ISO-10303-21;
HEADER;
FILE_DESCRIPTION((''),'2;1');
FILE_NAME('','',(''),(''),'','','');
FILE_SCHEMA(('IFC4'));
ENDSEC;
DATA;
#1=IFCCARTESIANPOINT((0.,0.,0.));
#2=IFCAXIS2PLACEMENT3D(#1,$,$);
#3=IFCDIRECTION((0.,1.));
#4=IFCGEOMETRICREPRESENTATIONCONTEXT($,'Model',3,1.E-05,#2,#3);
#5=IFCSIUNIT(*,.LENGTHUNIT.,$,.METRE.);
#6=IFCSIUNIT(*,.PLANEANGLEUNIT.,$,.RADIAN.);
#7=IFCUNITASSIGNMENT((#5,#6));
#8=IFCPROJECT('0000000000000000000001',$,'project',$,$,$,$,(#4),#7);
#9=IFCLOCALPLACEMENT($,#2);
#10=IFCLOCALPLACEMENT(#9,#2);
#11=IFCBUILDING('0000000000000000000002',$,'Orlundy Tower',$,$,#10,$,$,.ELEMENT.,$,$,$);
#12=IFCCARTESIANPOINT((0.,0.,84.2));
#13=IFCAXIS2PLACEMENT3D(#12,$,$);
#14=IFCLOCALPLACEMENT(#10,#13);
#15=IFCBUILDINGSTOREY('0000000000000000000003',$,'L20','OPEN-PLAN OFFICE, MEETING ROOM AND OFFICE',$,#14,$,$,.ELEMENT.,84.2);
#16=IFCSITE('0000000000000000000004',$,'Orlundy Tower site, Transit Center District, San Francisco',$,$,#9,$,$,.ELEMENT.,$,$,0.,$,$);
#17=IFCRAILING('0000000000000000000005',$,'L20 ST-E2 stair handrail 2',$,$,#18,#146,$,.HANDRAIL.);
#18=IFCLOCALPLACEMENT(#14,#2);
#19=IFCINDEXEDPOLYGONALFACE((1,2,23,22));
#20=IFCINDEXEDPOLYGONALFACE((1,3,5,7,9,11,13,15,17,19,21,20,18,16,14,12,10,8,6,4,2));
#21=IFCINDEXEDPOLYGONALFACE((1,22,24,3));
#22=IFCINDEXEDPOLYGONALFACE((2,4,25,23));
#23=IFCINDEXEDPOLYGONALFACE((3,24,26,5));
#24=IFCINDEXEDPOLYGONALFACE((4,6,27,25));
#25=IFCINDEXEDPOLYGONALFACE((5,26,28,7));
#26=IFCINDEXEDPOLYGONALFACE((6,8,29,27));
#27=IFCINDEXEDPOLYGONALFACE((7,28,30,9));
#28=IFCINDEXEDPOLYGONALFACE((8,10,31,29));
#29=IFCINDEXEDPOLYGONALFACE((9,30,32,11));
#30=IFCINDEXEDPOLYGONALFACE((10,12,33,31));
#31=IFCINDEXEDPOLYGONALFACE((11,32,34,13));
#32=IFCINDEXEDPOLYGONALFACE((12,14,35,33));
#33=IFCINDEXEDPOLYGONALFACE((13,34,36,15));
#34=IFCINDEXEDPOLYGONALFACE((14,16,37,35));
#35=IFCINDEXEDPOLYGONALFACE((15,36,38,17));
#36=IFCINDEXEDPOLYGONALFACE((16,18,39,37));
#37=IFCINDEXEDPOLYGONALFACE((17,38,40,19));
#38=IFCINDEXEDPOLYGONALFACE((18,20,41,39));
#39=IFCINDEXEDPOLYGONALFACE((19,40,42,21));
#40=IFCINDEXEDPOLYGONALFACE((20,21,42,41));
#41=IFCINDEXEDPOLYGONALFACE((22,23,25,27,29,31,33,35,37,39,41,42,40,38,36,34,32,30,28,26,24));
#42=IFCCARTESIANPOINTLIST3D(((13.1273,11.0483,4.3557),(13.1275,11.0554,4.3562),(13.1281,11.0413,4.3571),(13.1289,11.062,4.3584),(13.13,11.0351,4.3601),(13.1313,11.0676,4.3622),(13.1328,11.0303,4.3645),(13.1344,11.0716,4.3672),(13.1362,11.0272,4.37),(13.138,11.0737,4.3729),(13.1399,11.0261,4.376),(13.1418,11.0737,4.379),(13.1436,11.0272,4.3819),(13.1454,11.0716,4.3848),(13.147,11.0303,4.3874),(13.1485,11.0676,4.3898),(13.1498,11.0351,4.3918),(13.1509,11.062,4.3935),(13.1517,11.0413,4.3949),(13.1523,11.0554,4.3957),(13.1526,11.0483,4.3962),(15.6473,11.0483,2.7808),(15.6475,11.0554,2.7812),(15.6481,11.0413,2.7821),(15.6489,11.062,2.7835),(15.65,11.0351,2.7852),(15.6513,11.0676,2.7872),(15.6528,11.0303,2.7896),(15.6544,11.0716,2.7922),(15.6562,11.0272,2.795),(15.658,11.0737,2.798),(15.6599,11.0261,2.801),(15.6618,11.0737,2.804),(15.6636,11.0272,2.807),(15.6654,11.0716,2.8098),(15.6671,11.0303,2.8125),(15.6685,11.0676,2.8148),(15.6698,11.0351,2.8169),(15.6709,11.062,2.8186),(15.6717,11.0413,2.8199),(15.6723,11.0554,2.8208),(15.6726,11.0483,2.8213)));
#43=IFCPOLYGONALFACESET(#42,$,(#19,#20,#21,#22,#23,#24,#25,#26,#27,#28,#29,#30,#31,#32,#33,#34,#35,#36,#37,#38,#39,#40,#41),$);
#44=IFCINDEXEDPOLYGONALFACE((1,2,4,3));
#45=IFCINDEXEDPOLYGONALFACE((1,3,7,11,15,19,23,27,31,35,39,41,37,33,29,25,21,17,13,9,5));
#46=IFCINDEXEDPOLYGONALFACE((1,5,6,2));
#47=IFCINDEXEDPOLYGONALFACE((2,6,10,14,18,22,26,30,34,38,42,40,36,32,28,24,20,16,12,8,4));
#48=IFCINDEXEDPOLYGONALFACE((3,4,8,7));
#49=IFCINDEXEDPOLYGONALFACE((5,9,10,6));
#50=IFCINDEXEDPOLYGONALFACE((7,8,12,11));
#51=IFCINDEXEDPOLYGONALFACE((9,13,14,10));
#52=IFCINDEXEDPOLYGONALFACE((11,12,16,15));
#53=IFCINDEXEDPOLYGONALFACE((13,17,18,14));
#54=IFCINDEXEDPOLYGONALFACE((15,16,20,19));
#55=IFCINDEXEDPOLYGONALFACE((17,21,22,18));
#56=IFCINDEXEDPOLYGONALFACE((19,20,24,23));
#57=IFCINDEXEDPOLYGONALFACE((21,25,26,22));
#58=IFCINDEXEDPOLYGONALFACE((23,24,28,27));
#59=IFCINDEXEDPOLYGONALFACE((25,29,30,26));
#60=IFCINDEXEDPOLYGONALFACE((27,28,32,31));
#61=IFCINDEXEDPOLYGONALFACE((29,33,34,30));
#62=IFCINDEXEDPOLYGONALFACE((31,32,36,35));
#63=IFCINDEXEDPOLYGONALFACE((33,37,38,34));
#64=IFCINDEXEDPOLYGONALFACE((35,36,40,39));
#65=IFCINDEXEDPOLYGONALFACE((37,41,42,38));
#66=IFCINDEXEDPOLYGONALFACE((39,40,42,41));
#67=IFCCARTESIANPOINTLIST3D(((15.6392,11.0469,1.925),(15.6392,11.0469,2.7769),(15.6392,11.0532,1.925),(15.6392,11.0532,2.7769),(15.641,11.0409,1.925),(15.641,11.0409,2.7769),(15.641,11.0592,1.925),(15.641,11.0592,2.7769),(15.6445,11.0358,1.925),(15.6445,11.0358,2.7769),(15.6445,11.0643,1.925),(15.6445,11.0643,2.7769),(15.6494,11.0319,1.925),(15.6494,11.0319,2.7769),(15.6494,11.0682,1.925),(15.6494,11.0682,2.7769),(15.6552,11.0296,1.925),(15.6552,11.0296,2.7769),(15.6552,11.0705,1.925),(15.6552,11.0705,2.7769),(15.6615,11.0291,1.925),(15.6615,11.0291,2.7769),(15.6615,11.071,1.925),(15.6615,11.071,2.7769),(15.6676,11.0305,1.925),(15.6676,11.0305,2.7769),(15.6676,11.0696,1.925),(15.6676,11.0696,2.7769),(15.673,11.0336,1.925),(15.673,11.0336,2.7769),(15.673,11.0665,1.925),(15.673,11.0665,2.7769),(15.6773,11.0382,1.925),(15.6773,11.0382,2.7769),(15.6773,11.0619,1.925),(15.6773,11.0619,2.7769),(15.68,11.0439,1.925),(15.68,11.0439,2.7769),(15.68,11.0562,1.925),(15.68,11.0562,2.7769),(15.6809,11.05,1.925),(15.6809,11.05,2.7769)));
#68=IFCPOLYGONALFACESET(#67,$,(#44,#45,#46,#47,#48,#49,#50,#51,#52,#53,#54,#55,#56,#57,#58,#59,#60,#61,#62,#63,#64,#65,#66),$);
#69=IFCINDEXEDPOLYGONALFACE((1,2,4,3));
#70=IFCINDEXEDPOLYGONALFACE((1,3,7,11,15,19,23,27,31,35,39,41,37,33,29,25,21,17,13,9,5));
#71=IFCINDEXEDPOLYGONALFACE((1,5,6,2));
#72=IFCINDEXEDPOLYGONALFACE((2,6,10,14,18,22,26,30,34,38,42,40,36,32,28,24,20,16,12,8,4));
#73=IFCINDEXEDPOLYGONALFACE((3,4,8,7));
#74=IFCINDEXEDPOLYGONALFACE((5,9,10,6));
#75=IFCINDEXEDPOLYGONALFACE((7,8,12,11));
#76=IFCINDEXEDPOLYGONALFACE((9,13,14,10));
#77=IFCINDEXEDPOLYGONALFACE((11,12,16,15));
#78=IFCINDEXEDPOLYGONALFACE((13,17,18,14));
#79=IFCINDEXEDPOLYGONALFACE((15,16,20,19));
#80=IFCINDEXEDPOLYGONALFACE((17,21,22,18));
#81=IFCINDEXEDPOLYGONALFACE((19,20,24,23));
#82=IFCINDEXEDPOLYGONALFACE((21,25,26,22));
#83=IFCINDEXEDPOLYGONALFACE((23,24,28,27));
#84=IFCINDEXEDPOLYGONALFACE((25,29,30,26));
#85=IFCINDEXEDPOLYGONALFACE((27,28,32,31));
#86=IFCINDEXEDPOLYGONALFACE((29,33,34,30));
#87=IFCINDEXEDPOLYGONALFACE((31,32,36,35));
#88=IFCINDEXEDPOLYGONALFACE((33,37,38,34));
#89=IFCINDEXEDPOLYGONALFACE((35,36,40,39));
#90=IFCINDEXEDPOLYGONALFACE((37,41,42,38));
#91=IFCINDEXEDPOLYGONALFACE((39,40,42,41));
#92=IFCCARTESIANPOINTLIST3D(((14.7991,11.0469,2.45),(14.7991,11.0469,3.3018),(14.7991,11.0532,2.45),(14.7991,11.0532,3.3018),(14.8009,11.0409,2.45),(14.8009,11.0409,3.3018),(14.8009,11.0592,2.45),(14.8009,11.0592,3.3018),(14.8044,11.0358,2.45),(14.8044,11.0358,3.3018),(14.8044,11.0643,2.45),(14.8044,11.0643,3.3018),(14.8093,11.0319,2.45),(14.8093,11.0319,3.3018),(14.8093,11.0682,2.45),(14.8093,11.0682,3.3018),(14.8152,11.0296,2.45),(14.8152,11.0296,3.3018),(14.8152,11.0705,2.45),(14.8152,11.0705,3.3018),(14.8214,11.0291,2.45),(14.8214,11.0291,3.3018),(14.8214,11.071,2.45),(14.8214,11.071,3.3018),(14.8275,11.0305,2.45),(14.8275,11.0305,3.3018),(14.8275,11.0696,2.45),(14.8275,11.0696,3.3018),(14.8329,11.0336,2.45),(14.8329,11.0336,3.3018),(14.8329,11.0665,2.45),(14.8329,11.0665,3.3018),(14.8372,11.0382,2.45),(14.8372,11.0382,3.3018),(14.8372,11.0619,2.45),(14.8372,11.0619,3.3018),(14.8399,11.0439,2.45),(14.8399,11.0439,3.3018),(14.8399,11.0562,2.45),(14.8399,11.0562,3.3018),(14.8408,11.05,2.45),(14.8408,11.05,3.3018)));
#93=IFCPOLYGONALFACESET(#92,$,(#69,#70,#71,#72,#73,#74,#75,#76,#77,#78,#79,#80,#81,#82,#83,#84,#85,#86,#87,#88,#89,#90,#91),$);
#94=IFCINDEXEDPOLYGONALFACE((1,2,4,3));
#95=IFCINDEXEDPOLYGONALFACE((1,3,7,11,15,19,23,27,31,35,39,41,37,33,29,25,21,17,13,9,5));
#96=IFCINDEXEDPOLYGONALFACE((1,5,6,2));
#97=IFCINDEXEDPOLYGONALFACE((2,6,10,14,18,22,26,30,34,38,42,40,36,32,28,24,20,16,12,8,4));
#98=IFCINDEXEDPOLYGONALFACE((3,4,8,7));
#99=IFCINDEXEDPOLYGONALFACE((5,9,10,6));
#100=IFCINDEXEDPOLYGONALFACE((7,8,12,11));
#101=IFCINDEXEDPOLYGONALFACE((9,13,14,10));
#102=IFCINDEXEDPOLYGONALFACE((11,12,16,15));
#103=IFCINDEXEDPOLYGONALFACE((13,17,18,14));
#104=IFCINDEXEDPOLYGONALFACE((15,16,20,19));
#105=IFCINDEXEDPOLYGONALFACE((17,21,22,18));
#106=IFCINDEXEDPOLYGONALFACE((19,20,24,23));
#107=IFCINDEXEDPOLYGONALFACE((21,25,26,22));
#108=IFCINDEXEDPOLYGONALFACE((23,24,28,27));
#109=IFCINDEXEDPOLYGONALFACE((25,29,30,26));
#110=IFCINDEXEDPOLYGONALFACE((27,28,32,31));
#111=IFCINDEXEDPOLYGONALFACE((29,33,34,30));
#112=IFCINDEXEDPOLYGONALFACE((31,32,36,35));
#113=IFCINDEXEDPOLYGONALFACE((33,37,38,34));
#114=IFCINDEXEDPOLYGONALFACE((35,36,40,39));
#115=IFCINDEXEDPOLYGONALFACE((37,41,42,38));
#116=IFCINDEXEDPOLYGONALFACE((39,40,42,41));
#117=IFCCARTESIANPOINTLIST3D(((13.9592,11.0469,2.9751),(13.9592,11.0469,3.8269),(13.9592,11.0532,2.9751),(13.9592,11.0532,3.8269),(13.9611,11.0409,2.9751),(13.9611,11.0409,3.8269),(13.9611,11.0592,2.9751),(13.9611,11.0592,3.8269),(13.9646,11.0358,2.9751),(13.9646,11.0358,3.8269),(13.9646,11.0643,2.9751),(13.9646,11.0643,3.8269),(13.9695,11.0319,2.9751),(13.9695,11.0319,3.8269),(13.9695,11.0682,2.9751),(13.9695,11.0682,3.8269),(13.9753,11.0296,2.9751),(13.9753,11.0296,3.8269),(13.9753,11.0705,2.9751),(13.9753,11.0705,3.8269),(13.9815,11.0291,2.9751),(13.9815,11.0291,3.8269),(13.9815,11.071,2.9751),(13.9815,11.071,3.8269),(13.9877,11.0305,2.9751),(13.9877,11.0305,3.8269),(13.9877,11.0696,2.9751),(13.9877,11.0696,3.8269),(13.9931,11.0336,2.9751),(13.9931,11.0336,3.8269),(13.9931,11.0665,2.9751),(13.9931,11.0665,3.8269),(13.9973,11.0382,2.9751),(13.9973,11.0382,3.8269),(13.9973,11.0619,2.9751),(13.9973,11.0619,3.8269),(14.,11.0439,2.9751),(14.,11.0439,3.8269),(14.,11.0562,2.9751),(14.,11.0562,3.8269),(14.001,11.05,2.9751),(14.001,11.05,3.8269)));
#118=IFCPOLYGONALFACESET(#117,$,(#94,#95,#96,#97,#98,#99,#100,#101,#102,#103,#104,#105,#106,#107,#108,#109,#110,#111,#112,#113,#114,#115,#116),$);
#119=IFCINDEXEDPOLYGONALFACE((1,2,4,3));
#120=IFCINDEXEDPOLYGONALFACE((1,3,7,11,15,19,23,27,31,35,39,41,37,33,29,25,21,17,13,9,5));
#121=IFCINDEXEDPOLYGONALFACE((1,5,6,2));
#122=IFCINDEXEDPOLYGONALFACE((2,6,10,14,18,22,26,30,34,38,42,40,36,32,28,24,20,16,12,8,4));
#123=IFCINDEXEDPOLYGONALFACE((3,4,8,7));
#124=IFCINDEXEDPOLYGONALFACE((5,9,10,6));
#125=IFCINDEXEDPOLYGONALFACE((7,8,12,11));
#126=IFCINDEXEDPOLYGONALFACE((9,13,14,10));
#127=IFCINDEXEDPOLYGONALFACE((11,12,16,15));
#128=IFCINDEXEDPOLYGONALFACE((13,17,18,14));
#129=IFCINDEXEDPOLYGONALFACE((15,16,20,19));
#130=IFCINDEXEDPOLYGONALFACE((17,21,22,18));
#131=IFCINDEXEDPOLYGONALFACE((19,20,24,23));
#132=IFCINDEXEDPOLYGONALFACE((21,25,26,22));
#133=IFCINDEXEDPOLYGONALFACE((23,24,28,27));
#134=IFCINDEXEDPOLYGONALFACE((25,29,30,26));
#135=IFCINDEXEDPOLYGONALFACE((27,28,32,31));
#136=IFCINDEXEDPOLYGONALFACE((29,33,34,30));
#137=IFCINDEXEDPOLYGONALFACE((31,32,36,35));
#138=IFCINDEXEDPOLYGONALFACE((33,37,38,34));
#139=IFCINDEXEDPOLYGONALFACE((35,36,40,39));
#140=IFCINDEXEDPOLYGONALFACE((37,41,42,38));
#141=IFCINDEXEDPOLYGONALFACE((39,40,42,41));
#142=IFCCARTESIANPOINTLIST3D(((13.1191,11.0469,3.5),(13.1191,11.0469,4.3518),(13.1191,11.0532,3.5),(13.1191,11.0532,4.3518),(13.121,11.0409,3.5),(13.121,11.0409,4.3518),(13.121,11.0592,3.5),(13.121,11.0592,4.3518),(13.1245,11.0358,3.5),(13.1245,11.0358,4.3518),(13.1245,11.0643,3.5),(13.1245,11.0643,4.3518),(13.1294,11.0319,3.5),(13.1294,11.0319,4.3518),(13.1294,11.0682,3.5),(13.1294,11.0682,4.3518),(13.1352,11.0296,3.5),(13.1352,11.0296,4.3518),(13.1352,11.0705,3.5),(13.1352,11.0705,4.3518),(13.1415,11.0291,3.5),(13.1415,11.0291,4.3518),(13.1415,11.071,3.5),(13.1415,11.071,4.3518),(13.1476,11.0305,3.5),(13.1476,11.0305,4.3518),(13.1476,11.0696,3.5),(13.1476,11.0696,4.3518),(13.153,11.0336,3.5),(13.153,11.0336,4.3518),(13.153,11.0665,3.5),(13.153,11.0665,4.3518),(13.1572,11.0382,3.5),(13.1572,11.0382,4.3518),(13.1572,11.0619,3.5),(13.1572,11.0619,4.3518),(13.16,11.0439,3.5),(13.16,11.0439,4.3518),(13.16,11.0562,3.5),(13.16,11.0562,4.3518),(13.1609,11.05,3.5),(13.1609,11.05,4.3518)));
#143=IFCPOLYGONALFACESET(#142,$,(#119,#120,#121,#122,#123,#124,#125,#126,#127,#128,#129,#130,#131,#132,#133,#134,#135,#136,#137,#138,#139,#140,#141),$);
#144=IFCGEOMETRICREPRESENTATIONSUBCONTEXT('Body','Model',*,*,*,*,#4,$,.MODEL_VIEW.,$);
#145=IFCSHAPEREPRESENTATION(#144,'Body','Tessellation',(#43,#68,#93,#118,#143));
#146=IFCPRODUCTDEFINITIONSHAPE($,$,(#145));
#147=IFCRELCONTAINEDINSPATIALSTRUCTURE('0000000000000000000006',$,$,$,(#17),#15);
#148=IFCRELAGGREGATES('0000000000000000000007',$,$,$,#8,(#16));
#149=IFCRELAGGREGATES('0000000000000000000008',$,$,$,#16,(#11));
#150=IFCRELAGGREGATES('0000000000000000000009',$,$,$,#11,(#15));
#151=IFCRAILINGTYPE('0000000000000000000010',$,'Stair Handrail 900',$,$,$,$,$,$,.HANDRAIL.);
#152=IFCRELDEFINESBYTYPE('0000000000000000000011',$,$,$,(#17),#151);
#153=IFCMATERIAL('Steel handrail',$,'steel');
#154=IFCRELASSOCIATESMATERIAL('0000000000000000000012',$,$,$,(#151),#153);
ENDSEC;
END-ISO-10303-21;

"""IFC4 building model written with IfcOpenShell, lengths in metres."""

from ifc_helpers import new_model, si_unit, direction, frame, origin, origin_2d, place, context, subcontext, project, spatial, circle, extrude, material, type_object, element, save


model = new_model("IFC4")

# Units and contexts
model_context = context("Model", 3, precision=1e-05, world=origin(), true_north=direction((0.0, 1.0)))
body_context = subcontext(model_context, "Body", "Model", "MODEL_VIEW")
ifc_project = project(units=[si_unit("LENGTHUNIT", "METRE"), si_unit("PLANEANGLEUNIT", "RADIAN")], contexts=[model_context])

# Site, building, storey
site_placement = place(None, origin())
site = spatial("IfcSite", under=ifc_project, at=site_placement, Name="Orlundy Tower site, Transit Center District, San Francisco", CompositionType="ELEMENT", RefElevation=0.0)
building_placement = place(site_placement, origin())
building = spatial("IfcBuilding", under=site, at=building_placement, Name="Orlundy Tower", CompositionType="ELEMENT")
storey_placement = place(building_placement, frame((0.0, 0.0, 84.2)))
storey = spatial("IfcBuildingStorey", under=building, at=storey_placement, Name="L20", Description="OPEN-PLAN OFFICE, MEETING ROOM AND OFFICE", CompositionType="ELEMENT", Elevation=84.2)

# Railing
ifc_material_1 = material(Name="Steel handrail", Category="steel")
railing_type_1 = type_object("IfcRailingType", Name="Stair Handrail 900", PredefinedType="HANDRAIL", material=ifc_material_1)
railing_1_placement = place(storey_placement, frame((15.6599, 11.05, 1.925)))
element("IfcRailing", 1, at=railing_1_placement, inside=storey, type_object=railing_type_1, Name="L20 ST-E2 stair handrail 2", PredefinedType="HANDRAIL", context=body_context, shape_type="SweptSolid", body=[
    extrude(circle(Radius=0.0239, at=origin_2d()), frame((0.0, 0.0, 0.876), z_axis=(-0.848008, 0.0, 0.529984), x_axis=(0.0, -1.0, 0.0)), (0.0, 0.0, 1.0), 2.9717),
    extrude(circle(Radius=0.021, at=origin_2d()), origin(), (0.0, 0.0, 1.0), 0.8518),
    extrude(circle(Radius=0.021, at=origin_2d()), frame((-0.8401, 0.0, 0.5249)), (0.0, 0.0, 1.0), 0.8518),
    extrude(circle(Radius=0.021, at=origin_2d()), frame((-1.6799, 0.0, 1.05)), (0.0, 0.0, 1.0), 0.8518),
    extrude(circle(Radius=0.021, at=origin_2d()), frame((-2.52, 0.0, 1.575)), (0.0, 0.0, 1.0), 0.8518),
])

save(model, "model.ifc")
